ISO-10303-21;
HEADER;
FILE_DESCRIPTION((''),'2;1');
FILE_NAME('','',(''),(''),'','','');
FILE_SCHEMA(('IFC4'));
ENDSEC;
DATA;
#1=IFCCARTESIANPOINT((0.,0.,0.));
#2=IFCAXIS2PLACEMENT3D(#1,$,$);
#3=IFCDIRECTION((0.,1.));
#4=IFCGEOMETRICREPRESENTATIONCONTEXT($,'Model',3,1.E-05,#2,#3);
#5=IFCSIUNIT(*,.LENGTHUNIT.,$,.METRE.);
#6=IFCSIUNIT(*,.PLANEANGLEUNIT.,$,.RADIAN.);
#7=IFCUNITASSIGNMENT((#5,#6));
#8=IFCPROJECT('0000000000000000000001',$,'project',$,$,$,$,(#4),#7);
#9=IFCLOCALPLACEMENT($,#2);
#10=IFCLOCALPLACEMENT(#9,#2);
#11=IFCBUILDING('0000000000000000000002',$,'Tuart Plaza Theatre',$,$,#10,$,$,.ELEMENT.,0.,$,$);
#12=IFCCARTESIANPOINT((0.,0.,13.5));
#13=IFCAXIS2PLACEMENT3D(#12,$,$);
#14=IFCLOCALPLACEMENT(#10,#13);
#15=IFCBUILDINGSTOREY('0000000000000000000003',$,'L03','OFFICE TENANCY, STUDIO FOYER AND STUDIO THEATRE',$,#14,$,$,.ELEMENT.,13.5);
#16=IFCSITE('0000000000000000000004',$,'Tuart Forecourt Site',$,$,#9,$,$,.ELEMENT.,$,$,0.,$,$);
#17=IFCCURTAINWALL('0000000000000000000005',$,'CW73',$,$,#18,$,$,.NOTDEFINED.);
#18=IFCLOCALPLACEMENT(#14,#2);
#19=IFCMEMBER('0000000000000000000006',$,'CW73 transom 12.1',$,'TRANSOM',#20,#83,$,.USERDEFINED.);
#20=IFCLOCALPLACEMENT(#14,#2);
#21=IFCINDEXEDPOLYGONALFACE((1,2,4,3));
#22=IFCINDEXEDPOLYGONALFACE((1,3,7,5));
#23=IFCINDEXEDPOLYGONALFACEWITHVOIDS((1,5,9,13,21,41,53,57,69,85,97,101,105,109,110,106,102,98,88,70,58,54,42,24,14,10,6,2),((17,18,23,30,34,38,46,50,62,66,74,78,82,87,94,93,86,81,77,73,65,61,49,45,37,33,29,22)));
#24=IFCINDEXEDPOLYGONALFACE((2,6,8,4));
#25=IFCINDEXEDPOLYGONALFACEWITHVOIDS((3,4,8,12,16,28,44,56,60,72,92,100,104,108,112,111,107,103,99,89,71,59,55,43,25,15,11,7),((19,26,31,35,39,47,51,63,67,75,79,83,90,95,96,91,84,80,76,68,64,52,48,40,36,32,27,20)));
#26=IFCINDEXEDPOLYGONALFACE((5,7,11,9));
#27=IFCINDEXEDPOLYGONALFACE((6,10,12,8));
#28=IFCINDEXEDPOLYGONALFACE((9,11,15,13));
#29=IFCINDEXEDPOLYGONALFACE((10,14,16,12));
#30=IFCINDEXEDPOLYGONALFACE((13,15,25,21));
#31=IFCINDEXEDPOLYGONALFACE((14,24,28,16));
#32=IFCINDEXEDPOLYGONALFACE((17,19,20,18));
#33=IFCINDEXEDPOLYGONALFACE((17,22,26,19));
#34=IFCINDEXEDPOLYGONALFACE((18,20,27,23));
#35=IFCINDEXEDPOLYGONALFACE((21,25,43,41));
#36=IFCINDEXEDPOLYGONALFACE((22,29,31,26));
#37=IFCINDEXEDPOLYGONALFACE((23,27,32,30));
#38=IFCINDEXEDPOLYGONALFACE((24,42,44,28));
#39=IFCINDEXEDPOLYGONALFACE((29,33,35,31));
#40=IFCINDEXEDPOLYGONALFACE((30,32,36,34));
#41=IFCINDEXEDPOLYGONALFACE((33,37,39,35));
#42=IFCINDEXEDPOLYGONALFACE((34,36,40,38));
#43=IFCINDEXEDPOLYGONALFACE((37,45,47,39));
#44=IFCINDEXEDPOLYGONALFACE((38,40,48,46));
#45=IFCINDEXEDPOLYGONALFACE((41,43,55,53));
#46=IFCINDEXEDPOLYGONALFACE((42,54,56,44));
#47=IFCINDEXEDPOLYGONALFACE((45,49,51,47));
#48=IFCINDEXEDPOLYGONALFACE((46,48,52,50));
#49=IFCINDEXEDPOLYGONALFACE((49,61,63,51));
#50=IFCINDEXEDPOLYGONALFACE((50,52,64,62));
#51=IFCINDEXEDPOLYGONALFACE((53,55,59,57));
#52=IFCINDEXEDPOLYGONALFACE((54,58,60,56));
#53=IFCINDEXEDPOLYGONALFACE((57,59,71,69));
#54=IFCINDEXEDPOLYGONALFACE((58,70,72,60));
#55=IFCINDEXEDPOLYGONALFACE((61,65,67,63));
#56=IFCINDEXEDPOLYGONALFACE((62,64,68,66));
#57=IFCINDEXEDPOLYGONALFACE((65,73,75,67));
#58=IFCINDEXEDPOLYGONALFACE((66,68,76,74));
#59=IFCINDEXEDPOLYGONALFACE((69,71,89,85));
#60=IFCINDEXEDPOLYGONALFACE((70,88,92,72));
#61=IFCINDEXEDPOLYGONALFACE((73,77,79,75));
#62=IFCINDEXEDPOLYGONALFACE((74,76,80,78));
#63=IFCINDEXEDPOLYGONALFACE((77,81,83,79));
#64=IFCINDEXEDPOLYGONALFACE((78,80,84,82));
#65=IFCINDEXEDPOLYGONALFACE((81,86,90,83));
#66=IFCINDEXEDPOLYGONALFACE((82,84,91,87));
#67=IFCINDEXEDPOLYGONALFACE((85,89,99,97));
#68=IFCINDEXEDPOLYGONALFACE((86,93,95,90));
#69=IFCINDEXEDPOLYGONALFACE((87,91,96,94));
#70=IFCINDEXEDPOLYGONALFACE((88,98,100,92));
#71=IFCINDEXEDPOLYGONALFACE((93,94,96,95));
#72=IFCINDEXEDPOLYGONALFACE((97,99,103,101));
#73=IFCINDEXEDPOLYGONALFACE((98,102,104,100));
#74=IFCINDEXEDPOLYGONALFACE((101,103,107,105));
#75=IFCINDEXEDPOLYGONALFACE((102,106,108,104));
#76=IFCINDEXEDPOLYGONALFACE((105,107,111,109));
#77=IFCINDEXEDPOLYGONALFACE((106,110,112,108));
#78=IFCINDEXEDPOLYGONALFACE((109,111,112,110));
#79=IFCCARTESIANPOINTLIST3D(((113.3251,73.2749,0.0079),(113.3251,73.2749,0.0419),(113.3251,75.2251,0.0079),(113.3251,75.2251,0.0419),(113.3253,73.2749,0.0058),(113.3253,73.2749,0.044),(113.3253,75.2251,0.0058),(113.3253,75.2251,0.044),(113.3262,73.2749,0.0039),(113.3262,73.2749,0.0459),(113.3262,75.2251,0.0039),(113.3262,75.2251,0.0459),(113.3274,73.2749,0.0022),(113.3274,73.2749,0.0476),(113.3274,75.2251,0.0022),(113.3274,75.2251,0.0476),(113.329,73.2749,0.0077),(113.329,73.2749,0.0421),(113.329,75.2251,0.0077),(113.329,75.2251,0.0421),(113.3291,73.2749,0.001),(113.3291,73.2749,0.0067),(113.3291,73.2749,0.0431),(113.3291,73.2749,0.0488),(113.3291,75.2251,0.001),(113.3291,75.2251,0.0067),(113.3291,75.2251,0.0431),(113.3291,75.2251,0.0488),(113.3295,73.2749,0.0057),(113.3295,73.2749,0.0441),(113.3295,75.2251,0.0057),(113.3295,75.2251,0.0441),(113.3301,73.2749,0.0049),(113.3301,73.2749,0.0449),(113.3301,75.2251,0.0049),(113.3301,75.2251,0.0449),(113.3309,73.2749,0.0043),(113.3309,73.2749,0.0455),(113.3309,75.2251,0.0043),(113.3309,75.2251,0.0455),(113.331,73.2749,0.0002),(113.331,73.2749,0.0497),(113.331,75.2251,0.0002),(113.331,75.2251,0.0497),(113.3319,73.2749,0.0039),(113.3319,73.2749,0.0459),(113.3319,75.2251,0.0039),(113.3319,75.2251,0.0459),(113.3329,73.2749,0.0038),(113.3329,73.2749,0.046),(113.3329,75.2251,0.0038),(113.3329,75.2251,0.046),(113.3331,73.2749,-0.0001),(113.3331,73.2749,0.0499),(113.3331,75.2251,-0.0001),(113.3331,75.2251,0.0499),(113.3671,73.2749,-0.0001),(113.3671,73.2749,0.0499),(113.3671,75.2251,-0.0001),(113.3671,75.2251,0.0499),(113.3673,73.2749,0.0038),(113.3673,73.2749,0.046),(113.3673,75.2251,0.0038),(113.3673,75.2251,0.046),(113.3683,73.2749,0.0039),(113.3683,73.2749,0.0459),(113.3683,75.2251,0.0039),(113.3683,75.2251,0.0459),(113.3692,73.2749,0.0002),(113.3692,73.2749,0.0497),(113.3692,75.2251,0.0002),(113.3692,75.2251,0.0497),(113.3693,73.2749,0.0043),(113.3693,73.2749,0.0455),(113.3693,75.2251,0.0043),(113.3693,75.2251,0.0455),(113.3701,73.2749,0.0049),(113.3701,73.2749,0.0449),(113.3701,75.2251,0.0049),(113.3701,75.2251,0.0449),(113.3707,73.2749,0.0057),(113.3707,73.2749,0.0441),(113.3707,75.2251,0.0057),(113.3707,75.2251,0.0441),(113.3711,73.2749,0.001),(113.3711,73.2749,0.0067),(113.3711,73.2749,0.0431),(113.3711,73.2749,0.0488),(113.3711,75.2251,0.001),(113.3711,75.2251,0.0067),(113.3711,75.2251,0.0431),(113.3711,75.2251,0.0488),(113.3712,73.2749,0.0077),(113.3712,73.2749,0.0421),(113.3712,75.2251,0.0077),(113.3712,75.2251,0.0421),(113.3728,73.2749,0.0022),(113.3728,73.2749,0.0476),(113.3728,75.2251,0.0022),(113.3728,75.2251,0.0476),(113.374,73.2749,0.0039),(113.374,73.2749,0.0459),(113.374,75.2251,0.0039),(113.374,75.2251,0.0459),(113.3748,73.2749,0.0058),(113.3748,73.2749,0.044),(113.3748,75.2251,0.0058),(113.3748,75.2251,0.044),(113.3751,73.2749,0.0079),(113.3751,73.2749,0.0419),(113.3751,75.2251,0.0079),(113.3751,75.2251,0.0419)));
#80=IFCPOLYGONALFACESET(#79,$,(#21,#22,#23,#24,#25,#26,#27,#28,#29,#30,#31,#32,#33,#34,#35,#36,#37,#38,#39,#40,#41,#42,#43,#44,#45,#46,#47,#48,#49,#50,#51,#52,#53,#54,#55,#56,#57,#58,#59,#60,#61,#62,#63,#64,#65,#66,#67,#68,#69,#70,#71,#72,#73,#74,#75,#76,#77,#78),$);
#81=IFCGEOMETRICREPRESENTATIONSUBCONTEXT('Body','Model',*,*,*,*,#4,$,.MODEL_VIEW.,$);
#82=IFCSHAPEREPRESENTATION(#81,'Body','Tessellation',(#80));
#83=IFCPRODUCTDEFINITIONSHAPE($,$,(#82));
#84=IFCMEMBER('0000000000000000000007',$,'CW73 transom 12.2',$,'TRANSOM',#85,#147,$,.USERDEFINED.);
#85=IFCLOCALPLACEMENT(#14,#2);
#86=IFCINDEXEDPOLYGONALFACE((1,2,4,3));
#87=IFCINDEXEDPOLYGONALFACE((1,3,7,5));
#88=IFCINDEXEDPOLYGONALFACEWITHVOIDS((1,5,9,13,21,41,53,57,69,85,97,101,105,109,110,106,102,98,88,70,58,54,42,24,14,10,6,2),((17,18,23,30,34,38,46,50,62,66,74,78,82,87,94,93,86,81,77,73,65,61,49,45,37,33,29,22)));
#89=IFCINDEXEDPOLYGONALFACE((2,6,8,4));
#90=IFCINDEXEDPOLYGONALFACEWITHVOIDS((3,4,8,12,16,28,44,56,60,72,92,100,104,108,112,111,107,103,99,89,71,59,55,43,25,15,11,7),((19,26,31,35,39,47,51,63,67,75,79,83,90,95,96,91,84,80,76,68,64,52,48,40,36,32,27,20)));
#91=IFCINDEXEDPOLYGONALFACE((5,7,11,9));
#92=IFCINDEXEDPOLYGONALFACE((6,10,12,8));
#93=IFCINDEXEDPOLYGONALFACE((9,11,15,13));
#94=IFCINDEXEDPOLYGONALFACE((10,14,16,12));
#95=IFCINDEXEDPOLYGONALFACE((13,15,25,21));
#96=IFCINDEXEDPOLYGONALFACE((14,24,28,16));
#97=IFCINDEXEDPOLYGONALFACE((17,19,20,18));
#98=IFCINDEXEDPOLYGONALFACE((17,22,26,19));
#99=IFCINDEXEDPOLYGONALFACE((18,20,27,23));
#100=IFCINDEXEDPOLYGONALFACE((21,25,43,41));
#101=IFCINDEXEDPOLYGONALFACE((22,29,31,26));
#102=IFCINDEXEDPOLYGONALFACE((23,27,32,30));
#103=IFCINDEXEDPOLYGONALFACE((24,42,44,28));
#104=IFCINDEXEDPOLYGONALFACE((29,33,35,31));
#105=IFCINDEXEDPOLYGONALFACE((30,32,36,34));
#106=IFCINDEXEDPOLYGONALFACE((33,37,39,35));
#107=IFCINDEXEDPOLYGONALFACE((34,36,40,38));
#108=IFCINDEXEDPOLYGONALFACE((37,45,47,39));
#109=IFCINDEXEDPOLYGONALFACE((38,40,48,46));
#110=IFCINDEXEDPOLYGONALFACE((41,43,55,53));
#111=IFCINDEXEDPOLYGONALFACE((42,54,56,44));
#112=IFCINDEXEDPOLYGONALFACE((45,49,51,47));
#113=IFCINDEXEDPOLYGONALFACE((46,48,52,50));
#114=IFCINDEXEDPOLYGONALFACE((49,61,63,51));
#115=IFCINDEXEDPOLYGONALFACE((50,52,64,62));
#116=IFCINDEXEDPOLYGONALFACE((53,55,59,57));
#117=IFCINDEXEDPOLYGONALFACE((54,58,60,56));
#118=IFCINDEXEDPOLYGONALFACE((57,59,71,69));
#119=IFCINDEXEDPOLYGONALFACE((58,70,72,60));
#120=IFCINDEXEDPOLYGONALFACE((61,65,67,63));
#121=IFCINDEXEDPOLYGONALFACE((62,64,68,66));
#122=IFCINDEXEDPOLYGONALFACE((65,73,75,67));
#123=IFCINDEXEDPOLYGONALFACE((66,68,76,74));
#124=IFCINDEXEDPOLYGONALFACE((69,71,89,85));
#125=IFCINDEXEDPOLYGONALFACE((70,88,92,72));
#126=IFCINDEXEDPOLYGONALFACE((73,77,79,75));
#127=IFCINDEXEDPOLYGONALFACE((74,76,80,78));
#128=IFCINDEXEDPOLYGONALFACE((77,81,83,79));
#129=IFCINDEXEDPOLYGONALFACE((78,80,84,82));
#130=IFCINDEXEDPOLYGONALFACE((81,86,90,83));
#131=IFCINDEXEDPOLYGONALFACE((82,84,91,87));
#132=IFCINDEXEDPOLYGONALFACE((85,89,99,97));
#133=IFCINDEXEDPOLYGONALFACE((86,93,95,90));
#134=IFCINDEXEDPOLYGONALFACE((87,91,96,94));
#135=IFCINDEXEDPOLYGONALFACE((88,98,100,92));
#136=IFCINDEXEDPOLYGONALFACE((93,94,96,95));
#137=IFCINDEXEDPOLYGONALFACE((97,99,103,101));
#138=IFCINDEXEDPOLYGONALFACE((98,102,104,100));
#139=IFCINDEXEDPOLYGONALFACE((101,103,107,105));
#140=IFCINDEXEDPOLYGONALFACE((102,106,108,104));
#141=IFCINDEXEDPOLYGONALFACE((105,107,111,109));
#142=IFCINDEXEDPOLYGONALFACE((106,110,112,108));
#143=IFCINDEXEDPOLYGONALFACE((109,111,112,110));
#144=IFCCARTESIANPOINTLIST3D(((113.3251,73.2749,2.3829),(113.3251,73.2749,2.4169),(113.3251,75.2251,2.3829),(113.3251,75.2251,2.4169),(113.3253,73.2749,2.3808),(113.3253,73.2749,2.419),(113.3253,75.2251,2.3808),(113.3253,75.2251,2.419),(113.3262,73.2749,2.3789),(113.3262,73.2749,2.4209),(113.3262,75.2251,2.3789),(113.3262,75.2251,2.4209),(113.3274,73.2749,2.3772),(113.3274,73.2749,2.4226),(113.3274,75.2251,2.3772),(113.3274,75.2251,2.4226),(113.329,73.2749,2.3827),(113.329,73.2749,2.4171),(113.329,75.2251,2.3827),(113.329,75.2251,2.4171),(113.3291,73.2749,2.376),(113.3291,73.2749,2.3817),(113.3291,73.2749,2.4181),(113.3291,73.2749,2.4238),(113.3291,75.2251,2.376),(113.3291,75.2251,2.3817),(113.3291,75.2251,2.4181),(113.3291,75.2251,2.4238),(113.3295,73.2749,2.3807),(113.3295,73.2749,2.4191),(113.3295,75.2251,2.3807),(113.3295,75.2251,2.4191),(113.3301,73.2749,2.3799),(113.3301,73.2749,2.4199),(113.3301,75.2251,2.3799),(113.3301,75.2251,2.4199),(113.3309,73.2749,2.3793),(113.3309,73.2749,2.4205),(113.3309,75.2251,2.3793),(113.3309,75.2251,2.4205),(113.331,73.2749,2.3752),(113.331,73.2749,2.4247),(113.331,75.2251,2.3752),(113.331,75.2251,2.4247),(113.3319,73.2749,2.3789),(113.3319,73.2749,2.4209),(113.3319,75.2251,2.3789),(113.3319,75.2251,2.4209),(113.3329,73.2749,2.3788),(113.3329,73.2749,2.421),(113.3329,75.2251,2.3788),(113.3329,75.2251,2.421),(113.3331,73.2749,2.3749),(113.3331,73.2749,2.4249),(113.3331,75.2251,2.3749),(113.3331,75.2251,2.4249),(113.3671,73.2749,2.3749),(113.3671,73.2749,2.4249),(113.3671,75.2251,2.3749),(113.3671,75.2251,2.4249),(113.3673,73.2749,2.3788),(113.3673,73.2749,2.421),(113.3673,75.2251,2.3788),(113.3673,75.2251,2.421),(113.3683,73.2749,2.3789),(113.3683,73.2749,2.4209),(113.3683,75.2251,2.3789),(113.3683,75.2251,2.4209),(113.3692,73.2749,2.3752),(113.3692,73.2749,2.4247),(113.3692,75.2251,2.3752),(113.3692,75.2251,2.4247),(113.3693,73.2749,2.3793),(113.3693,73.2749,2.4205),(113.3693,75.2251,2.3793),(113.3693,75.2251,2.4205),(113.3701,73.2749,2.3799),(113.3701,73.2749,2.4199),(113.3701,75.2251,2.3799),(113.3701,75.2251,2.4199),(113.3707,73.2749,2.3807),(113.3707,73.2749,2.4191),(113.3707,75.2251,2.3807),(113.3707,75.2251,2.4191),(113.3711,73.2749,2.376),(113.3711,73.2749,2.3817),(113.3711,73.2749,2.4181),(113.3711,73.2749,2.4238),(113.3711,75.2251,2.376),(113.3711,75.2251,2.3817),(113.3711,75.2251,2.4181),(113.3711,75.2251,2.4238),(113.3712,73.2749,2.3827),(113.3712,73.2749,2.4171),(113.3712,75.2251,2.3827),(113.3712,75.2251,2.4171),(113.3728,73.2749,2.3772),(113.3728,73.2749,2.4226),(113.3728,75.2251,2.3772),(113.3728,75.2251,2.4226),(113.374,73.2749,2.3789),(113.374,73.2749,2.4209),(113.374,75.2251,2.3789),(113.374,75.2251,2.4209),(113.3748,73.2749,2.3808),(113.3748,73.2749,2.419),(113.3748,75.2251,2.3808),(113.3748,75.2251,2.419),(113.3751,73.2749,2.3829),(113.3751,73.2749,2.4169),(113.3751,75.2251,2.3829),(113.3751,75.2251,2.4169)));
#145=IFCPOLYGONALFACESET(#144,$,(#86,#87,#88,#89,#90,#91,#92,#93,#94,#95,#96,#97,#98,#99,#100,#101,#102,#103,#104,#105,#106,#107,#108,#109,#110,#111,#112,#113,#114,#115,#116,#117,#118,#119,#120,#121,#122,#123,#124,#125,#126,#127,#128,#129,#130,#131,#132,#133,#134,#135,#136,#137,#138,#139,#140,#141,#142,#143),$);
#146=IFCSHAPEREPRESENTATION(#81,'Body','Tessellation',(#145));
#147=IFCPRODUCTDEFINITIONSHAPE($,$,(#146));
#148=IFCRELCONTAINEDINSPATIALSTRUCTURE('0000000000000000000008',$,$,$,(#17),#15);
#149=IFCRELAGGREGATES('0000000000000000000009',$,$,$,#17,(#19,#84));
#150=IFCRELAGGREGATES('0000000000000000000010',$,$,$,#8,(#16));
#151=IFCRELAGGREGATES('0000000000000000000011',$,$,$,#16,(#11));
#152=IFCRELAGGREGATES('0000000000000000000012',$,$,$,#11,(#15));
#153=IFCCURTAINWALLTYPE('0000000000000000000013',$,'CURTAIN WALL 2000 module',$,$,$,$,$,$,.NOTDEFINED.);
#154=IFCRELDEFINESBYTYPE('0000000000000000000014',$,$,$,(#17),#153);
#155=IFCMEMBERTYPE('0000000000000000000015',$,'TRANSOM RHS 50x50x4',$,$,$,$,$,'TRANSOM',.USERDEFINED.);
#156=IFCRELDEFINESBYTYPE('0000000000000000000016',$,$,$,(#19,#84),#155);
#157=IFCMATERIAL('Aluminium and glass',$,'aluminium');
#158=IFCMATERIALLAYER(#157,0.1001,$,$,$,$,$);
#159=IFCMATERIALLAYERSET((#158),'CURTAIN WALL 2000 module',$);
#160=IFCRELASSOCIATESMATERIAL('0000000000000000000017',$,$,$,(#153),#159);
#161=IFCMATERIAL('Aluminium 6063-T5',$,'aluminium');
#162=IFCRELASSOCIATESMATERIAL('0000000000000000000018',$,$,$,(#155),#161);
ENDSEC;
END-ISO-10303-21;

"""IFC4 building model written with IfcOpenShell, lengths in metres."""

from ifc_helpers import new_model, si_unit, direction, frame, origin, origin_2d, place, context, subcontext, project, spatial, hollow_rectangle, extrude, material, layer, layer_set, material_profile, profile_set, type_object, element, aggregate, save


model = new_model("IFC4")

# Units and contexts
model_context = context("Model", 3, precision=1e-05, world=origin(), true_north=direction((0.0, 1.0)))
body_context = subcontext(model_context, "Body", "Model", "MODEL_VIEW")
ifc_project = project(units=[si_unit("LENGTHUNIT", "METRE"), si_unit("PLANEANGLEUNIT", "RADIAN")], contexts=[model_context])

# Site, building, storey
site_placement = place(None, origin())
site = spatial("IfcSite", under=ifc_project, at=site_placement, Name="Tuart Forecourt Site", CompositionType="ELEMENT", RefElevation=0.0)
building_placement = place(site_placement, origin())
building = spatial("IfcBuilding", under=site, at=building_placement, Name="Tuart Plaza Theatre", CompositionType="ELEMENT", ElevationOfRefHeight=0.0)
storey_placement = place(building_placement, frame((0.0, 0.0, 13.5)))
storey = spatial("IfcBuildingStorey", under=building, at=storey_placement, Name="L03", Description="OFFICE TENANCY, STUDIO FOYER AND STUDIO THEATRE", CompositionType="ELEMENT", Elevation=13.5)

# Curtain wall, members
ifc_material_1 = material(Name="Aluminium and glass", Category="aluminium")
ifc_layer_1 = layer(ifc_material_1, 0.1001)
ifc_layer_set_1 = layer_set([ifc_layer_1], Name="CURTAIN WALL 2000 module")
curtain_wall_type = type_object("IfcCurtainWallType", Name="CURTAIN WALL 2000 module", PredefinedType="NOTDEFINED", material=ifc_layer_set_1)
curtain_wall_placement = place(storey_placement, origin())
curtain_wall = element("IfcCurtainWall", 1, at=curtain_wall_placement, inside=storey, type_object=curtain_wall_type, Name="CW73", PredefinedType="NOTDEFINED")
ifc_material_2 = material(Name="Aluminium 6063-T5", Category="aluminium")
ifc_material_profile_1 = material_profile(ifc_material_2, hollow_rectangle(XDim=0.05, YDim=0.05, WallThickness=0.0039, InnerFilletRadius=0.0039, OuterFilletRadius=0.0081, at=origin_2d()), Name="RHS 50x50x4")
ifc_profile_set_1 = profile_set([ifc_material_profile_1], Name="Aluminium 6063-T5")
member_type_1 = type_object("IfcMemberType", Name="TRANSOM RHS 50x50x4", ElementType="TRANSOM", PredefinedType="USERDEFINED", material=ifc_profile_set_1)
member_1_placement = place(storey_placement, frame((113.3501, 75.2251, 0.0249), z_axis=(0.0, -1.0, 0.0), x_axis=(1.0, 0.0, 0.0)))
member_1 = element("IfcMember", 2, at=member_1_placement, type_object=member_type_1, Name="CW73 transom 12.1", ObjectType="TRANSOM", PredefinedType="USERDEFINED", context=body_context, shape_type="SweptSolid", body=[
    extrude(hollow_rectangle(XDim=0.05, YDim=0.05, WallThickness=0.0039, InnerFilletRadius=0.0039, OuterFilletRadius=0.0081, at=origin_2d()), origin(), (0.0, 0.0, 1.0), 1.9502),
])
member_2_placement = place(storey_placement, frame((113.3501, 75.2251, 2.3999), z_axis=(0.0, -1.0, 0.0), x_axis=(1.0, 0.0, 0.0)))
member_2 = element("IfcMember", 3, at=member_2_placement, type_object=member_type_1, Name="CW73 transom 12.2", ObjectType="TRANSOM", PredefinedType="USERDEFINED", context=body_context, shape_type="SweptSolid", body=[
    extrude(hollow_rectangle(XDim=0.05, YDim=0.05, WallThickness=0.0039, InnerFilletRadius=0.0039, OuterFilletRadius=0.0081, at=origin_2d()), origin(), (0.0, 0.0, 1.0), 1.9502),
])
aggregate(curtain_wall, [member_1, member_2])

save(model, "model.ifc")
